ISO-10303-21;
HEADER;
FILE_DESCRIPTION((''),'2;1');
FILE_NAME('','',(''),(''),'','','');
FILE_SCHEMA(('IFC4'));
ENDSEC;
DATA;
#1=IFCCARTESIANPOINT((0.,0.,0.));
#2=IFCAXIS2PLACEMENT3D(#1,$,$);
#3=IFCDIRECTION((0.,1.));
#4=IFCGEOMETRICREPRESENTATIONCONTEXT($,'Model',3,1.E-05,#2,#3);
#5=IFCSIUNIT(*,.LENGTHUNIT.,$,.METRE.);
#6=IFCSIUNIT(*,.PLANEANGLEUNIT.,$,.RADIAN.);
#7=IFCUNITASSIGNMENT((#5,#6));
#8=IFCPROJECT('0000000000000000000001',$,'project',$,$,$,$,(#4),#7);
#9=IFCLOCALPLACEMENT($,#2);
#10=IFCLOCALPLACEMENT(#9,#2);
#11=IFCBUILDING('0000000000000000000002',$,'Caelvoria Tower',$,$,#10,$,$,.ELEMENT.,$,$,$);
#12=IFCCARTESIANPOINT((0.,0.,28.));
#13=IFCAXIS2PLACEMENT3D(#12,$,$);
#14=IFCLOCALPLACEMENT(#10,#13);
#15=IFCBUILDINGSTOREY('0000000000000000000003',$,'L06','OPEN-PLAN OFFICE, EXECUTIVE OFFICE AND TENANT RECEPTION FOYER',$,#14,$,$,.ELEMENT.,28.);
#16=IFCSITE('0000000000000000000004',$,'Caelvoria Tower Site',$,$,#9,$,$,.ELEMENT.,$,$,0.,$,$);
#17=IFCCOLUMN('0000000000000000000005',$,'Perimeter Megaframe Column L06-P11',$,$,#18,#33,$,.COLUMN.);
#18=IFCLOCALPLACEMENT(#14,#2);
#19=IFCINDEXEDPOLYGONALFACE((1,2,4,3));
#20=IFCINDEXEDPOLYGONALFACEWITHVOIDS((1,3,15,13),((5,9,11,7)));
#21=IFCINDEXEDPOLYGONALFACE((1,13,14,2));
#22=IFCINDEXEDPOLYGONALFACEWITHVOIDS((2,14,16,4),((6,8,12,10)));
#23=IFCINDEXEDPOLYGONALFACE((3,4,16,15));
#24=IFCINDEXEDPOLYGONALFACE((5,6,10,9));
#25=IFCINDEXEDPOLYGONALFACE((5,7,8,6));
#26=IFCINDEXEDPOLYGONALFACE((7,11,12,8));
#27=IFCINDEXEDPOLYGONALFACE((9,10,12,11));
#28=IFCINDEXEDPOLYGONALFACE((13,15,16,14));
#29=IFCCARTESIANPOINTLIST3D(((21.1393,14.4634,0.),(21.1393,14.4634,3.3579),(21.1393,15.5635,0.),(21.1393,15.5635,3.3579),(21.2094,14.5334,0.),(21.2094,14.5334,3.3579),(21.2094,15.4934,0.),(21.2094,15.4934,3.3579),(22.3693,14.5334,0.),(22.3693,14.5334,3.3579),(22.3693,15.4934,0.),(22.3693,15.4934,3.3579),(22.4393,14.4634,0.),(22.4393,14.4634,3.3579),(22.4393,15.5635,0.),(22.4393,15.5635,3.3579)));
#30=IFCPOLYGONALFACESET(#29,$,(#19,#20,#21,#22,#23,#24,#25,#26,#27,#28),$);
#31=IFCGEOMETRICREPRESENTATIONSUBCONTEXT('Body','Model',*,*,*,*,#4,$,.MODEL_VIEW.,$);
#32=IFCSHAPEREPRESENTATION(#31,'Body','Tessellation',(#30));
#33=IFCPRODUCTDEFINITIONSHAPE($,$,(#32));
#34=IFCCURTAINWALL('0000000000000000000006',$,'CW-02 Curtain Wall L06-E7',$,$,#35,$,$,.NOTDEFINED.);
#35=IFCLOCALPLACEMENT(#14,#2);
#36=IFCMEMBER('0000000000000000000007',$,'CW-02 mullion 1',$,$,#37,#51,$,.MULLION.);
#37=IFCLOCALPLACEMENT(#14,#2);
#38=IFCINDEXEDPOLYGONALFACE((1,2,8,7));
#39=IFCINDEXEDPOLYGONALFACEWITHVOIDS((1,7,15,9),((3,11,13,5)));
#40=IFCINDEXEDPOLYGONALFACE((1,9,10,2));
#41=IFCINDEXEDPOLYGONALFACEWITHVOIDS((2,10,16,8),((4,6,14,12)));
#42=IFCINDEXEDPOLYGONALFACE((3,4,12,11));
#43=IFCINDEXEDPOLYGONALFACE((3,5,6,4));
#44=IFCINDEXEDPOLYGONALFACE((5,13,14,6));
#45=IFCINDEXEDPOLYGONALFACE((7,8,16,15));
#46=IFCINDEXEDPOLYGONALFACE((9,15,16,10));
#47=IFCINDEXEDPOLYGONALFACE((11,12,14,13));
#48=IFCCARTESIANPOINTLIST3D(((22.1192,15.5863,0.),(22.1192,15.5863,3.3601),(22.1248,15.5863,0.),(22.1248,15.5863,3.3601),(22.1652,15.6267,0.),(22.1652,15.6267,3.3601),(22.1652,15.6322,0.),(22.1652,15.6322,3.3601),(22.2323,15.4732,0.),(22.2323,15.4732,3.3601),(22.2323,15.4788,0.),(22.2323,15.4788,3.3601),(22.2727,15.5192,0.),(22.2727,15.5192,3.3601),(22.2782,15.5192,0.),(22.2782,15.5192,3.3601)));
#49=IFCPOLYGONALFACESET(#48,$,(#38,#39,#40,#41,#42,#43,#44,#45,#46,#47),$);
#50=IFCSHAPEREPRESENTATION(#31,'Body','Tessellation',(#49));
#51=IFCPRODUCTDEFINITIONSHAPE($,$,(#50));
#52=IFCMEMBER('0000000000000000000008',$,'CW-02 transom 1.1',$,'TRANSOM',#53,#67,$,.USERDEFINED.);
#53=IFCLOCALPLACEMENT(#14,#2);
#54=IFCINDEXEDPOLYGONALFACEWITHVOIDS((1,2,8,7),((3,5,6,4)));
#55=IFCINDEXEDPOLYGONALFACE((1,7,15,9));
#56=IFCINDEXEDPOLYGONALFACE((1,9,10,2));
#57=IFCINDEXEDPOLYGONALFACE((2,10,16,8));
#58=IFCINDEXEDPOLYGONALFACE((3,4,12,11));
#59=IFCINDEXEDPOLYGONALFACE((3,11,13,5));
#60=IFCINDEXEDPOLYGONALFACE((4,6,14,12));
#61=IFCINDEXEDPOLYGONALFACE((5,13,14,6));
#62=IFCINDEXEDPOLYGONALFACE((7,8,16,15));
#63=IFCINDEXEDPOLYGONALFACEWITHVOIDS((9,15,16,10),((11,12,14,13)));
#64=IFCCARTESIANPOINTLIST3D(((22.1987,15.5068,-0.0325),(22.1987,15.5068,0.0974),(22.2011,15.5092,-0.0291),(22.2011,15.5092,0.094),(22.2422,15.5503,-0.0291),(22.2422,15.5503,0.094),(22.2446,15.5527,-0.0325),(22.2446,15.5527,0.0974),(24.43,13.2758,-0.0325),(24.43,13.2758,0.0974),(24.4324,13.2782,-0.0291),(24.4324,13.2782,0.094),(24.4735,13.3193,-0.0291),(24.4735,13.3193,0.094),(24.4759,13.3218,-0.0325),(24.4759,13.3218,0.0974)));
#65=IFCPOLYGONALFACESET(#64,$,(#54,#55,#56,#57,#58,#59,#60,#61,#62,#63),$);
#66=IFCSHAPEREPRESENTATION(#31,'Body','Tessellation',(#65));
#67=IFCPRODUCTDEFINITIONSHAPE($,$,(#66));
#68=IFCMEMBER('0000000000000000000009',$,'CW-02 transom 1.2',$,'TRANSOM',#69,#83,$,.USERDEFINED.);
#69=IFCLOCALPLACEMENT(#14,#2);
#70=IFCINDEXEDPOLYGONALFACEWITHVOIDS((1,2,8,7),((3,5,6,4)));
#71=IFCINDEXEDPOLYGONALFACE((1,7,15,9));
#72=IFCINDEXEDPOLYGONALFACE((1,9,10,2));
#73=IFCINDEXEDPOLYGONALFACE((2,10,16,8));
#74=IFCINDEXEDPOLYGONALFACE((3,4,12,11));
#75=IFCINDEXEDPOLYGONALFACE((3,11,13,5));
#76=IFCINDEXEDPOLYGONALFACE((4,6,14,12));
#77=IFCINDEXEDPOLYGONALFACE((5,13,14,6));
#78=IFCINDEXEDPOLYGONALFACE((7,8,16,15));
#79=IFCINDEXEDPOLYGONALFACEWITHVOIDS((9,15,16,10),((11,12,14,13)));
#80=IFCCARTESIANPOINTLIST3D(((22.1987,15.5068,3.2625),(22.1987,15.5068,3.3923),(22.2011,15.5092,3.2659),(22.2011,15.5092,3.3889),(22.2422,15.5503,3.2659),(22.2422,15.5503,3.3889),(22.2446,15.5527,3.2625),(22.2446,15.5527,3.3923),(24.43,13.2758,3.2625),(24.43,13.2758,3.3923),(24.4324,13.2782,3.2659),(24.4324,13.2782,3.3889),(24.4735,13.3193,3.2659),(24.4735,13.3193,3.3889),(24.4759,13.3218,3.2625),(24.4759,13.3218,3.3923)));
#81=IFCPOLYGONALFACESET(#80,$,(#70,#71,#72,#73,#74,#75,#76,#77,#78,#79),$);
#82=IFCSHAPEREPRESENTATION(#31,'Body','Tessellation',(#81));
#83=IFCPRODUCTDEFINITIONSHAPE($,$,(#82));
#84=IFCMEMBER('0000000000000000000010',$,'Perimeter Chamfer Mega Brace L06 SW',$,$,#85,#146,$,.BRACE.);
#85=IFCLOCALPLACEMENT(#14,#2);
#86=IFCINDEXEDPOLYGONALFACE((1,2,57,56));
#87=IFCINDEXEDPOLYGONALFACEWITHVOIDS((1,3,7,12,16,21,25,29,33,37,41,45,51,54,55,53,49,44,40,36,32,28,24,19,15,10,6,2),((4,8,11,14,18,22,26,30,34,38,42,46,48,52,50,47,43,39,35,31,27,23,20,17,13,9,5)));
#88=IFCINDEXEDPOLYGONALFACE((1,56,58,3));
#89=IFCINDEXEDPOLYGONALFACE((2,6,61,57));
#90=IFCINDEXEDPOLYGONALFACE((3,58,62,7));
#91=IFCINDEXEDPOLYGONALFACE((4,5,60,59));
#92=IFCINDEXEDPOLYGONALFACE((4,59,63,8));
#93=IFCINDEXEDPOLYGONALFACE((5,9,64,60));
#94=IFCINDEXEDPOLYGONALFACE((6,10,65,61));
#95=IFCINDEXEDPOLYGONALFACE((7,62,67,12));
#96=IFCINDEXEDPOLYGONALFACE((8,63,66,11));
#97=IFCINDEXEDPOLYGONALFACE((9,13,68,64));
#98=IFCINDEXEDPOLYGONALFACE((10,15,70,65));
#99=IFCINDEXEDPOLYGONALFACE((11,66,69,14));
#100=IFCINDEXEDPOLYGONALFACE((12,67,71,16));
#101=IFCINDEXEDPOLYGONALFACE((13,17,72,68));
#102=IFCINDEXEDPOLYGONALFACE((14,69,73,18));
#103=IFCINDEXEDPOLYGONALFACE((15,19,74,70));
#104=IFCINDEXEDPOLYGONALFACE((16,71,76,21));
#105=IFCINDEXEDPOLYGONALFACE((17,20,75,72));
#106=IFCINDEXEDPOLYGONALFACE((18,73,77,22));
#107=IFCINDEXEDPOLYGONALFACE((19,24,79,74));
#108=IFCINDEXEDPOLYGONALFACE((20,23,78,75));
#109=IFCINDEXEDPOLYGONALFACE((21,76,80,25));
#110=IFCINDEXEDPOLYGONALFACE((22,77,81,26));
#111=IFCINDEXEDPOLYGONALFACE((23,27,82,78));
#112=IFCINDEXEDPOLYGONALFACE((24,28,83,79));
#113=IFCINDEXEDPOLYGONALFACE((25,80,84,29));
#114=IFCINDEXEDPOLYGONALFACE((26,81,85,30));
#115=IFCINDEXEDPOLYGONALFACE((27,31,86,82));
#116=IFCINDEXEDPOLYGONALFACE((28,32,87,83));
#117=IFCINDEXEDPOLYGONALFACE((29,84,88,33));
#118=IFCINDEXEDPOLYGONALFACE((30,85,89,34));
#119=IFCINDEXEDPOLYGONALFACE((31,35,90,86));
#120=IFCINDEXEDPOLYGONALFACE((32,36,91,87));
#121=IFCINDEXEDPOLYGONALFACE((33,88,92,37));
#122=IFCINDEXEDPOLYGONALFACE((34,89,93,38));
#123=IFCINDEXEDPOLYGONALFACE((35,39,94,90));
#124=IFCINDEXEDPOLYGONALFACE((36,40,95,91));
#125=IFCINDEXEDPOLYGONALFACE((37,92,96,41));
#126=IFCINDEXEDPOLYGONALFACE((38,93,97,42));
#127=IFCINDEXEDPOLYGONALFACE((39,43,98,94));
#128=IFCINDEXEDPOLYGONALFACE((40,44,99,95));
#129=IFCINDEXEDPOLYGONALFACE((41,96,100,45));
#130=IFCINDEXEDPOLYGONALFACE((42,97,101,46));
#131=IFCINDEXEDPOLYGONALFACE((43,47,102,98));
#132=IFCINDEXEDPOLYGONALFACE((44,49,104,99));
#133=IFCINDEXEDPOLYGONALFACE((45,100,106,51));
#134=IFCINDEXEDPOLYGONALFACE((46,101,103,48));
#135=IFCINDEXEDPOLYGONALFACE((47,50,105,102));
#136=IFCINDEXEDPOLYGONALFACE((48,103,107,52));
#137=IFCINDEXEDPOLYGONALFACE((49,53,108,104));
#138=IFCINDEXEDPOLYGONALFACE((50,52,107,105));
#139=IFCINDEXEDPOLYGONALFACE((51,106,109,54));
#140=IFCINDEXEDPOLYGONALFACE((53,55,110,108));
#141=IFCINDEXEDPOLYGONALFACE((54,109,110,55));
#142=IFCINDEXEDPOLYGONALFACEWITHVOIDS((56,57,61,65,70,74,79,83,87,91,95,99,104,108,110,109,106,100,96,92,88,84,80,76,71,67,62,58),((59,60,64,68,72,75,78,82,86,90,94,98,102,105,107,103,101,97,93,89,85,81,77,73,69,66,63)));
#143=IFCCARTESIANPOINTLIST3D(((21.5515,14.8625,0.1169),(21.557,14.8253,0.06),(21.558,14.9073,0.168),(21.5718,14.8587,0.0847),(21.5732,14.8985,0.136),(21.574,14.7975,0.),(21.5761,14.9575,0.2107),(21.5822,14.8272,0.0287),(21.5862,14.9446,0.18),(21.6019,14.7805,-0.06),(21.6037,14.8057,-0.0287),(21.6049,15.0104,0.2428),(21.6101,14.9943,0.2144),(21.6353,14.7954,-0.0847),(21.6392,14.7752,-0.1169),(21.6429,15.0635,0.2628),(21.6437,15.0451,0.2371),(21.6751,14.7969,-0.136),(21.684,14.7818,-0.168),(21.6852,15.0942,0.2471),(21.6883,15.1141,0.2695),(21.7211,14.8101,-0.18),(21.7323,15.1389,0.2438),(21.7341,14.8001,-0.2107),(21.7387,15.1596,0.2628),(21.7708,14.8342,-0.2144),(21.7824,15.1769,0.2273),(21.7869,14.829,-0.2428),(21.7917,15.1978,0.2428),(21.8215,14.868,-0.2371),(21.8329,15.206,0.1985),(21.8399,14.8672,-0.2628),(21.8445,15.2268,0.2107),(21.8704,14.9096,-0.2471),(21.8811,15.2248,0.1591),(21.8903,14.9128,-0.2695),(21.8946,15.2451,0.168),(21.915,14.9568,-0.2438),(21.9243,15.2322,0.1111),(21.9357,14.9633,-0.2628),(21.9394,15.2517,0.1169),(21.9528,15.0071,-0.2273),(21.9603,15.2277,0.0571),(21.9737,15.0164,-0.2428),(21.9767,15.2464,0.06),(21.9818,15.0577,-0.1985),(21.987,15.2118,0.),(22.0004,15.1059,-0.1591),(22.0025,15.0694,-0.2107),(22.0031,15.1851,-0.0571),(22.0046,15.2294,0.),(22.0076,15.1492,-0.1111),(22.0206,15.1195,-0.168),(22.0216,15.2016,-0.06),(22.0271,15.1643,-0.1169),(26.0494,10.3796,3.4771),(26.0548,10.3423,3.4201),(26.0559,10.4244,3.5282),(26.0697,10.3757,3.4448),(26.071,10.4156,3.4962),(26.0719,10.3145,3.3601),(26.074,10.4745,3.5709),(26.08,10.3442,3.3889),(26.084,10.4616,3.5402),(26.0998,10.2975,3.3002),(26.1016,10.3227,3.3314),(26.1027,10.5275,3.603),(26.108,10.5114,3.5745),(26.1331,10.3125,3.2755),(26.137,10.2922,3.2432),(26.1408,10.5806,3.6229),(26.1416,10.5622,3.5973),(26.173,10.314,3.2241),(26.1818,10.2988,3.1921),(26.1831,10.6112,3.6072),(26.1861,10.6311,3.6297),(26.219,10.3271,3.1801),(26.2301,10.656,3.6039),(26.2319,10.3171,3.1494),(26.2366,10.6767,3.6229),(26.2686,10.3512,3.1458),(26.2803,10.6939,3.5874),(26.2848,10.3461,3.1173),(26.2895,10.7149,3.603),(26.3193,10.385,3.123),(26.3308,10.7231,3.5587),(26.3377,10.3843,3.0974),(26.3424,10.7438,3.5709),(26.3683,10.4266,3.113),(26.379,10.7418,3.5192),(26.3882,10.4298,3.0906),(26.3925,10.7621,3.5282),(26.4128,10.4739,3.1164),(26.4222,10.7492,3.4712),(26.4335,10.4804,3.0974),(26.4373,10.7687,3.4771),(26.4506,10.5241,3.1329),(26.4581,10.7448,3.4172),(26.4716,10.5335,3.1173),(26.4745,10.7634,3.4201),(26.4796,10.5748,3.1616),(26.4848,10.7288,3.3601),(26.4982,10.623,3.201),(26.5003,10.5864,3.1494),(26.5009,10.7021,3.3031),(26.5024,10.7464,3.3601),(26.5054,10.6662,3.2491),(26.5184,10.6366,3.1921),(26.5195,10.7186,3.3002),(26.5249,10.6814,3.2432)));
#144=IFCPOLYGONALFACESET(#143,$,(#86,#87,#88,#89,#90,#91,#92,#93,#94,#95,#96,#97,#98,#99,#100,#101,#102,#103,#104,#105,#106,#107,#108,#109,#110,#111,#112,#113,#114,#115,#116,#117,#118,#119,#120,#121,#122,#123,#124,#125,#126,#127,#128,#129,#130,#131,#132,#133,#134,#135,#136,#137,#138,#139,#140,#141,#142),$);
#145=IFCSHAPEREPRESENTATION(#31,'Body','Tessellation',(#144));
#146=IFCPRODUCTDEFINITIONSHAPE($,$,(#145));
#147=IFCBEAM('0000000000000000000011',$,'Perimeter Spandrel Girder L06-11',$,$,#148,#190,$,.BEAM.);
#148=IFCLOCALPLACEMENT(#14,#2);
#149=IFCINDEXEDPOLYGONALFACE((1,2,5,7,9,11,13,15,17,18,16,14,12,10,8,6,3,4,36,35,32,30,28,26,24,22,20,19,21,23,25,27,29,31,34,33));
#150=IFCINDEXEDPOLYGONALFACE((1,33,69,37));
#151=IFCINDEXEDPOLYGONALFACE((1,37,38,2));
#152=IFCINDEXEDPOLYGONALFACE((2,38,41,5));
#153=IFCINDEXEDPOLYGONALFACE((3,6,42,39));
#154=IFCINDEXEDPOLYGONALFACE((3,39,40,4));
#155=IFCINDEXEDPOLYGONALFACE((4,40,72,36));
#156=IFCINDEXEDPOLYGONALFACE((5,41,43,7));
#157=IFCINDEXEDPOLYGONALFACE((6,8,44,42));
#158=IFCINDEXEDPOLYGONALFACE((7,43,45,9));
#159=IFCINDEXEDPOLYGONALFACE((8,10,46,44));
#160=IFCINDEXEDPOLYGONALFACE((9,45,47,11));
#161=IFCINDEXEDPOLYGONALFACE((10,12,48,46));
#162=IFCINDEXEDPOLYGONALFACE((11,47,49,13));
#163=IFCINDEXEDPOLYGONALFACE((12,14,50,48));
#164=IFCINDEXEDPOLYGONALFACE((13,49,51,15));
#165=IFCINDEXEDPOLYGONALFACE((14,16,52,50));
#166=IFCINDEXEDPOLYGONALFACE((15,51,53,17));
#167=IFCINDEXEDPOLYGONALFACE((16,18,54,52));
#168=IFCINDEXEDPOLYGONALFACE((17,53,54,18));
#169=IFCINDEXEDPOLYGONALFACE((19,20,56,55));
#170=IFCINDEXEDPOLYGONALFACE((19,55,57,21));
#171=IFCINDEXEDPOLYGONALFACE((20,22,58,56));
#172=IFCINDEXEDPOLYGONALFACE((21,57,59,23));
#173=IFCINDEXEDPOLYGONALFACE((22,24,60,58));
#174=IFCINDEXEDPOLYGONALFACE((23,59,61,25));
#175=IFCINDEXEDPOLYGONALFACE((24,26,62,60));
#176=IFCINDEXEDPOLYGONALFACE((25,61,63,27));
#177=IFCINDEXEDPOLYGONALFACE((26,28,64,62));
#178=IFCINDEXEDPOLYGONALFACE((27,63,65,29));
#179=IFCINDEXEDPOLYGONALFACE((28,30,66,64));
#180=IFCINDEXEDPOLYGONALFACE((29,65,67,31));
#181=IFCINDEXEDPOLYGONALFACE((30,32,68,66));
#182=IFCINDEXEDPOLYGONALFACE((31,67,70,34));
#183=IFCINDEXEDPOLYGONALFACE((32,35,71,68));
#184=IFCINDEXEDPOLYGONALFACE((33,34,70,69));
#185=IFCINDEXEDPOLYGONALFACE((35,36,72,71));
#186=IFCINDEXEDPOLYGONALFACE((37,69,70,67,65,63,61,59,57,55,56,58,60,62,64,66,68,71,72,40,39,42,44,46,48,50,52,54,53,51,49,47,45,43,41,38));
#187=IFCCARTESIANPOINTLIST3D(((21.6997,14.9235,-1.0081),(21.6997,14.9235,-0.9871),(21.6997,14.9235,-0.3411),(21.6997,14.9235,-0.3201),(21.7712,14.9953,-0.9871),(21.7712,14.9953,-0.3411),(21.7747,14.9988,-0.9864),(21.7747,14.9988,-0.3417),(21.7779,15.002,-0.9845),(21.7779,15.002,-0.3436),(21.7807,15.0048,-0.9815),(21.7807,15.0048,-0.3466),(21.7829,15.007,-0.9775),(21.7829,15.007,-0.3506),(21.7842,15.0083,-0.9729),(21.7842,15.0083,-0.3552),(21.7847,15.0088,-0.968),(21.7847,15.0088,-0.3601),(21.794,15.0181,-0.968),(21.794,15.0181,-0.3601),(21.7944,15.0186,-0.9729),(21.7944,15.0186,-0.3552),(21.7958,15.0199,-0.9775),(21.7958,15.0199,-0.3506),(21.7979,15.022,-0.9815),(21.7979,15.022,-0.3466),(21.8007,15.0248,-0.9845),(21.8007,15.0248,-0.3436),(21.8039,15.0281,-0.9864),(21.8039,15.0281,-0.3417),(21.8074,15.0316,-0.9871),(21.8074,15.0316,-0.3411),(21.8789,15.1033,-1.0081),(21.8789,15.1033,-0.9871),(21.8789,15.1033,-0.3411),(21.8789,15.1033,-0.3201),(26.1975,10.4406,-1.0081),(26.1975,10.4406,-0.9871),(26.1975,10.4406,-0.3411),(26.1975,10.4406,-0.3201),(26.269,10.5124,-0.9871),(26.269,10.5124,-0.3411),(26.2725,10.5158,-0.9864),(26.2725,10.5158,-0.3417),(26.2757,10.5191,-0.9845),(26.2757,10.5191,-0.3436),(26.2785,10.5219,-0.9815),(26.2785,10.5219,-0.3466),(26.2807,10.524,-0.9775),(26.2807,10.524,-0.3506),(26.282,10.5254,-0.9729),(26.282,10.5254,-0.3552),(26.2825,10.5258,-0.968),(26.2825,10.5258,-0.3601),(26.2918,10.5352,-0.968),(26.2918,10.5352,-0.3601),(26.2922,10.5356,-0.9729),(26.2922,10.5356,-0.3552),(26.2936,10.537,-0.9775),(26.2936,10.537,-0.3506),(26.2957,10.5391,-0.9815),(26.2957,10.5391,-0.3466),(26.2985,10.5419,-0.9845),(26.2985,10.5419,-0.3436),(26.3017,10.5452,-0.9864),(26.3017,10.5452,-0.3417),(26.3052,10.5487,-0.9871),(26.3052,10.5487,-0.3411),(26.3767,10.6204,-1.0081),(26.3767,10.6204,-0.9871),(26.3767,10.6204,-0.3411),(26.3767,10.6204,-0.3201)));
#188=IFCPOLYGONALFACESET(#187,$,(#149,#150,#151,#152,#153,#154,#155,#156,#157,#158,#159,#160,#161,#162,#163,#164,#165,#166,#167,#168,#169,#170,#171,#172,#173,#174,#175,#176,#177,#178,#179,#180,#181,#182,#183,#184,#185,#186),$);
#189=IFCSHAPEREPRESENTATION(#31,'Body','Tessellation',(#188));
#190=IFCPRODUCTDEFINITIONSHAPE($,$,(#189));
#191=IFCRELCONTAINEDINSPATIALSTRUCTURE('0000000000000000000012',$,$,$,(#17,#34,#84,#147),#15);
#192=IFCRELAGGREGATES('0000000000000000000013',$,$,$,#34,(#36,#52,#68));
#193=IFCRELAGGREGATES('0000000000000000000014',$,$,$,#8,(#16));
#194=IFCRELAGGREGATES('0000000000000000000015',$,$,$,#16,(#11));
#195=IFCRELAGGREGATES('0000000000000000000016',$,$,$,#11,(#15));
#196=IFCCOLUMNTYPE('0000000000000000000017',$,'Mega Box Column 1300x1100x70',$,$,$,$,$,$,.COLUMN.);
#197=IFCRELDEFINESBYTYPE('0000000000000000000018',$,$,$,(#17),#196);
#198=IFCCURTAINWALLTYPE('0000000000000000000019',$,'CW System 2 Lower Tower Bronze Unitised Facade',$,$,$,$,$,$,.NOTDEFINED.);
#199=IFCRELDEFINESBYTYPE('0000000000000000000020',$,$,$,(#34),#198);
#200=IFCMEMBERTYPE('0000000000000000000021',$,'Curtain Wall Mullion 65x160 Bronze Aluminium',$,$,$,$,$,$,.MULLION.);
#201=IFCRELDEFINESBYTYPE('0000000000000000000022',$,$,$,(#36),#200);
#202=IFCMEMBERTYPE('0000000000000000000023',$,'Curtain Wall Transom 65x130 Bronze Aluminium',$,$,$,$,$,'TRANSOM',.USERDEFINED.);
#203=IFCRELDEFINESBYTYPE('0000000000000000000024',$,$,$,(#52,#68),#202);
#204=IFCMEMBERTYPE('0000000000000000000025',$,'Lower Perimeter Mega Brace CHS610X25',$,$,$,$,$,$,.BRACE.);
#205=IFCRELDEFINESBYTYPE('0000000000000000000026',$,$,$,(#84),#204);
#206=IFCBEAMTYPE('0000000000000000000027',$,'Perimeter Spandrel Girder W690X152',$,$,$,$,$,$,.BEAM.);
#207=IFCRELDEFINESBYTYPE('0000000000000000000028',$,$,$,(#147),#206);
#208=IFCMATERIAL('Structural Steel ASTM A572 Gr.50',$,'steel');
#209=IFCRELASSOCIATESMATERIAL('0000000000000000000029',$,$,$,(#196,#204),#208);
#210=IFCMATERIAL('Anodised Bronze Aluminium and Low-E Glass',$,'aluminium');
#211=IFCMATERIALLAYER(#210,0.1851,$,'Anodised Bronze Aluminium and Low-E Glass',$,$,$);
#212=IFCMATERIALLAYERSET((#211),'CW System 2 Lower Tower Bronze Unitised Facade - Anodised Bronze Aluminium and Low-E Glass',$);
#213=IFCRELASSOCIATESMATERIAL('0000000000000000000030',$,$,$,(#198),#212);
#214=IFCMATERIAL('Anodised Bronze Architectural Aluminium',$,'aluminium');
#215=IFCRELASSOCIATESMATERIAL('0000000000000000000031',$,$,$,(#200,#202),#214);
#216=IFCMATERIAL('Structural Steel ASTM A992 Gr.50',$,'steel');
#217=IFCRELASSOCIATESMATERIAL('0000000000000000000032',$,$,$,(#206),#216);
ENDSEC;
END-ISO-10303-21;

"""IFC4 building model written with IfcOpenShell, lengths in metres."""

from ifc_helpers import new_model, si_unit, direction, frame, origin, origin_2d, place, context, subcontext, project, spatial, hollow_rectangle, hollow_circle, i_section, extrude, material, layer, layer_set, material_profile, profile_set, type_object, element, aggregate, save


model = new_model("IFC4")

# Units and contexts
model_context = context("Model", 3, precision=1e-05, world=origin(), true_north=direction((0.0, 1.0)))
body_context = subcontext(model_context, "Body", "Model", "MODEL_VIEW")
ifc_project = project(units=[si_unit("LENGTHUNIT", "METRE"), si_unit("PLANEANGLEUNIT", "RADIAN")], contexts=[model_context])

# Site, building, storey
site_placement = place(None, origin())
site = spatial("IfcSite", under=ifc_project, at=site_placement, Name="Caelvoria Tower Site", CompositionType="ELEMENT", RefElevation=0.0)
building_placement = place(site_placement, origin())
building = spatial("IfcBuilding", under=site, at=building_placement, Name="Caelvoria Tower", CompositionType="ELEMENT")
storey_placement = place(building_placement, frame((0.0, 0.0, 28.0)))
storey = spatial("IfcBuildingStorey", under=building, at=storey_placement, Name="L06", Description="OPEN-PLAN OFFICE, EXECUTIVE OFFICE AND TENANT RECEPTION FOYER", CompositionType="ELEMENT", Elevation=28.0)

# Column
ifc_material_1 = material(Name="Structural Steel ASTM A572 Gr.50", Category="steel")
ifc_material_profile_1 = material_profile(ifc_material_1, hollow_rectangle(XDim=1.1001, YDim=1.3, WallThickness=0.0701, at=origin_2d()), Name="Structural Steel ASTM A572 Gr.50")
ifc_profile_set_1 = profile_set([ifc_material_profile_1], Name="BOX1300X1100X70 - Structural Steel ASTM A572 Gr.50")
column_type = type_object("IfcColumnType", Name="Mega Box Column 1300x1100x70", PredefinedType="COLUMN", material=ifc_profile_set_1)
column_placement = place(storey_placement, frame((21.7893, 15.0134, 0.0), z_axis=(0.0, 0.0, 1.0), x_axis=(0.0, 1.0, 0.0)))
element("IfcColumn", 1, at=column_placement, inside=storey, type_object=column_type, Name="Perimeter Megaframe Column L06-P11", PredefinedType="COLUMN", context=body_context, shape_type="SweptSolid", body=[
    extrude(hollow_rectangle(XDim=1.1001, YDim=1.3, WallThickness=0.0701, at=origin_2d()), origin(), (0.0, 0.0, 1.0), 3.3579),
])

# Curtain wall, members
ifc_material_2 = material(Name="Anodised Bronze Aluminium and Low-E Glass", Category="aluminium")
ifc_layer_1 = layer(ifc_material_2, 0.1851, Name="Anodised Bronze Aluminium and Low-E Glass")
ifc_layer_set_1 = layer_set([ifc_layer_1], Name="CW System 2 Lower Tower Bronze Unitised Facade - Anodised Bronze Aluminium and Low-E Glass")
curtain_wall_type = type_object("IfcCurtainWallType", Name="CW System 2 Lower Tower Bronze Unitised Facade", PredefinedType="NOTDEFINED", material=ifc_layer_set_1)
curtain_wall_placement = place(storey_placement, origin())
curtain_wall = element("IfcCurtainWall", 2, at=curtain_wall_placement, inside=storey, type_object=curtain_wall_type, Name="CW-02 Curtain Wall L06-E7", PredefinedType="NOTDEFINED")
ifc_material_3 = material(Name="Anodised Bronze Architectural Aluminium", Category="aluminium")
ifc_material_profile_2 = material_profile(ifc_material_3, hollow_rectangle(XDim=0.0649, YDim=0.1599, WallThickness=0.0039, at=origin_2d()), Name="Anodised Bronze Architectural Aluminium")
ifc_profile_set_2 = profile_set([ifc_material_profile_2], Name="CW_MULL_65X160 - Anodised Bronze Architectural Aluminium")
member_type_1 = type_object("IfcMemberType", Name="Curtain Wall Mullion 65x160 Bronze Aluminium", PredefinedType="MULLION", material=ifc_profile_set_2)
member_1_placement = place(storey_placement, frame((22.1987, 15.5527, 0.0), z_axis=(0.0, 0.0, 1.0), x_axis=(0.707107, 0.707107, 0.0)))
member_1 = element("IfcMember", 3, at=member_1_placement, type_object=member_type_1, Name="CW-02 mullion 1", PredefinedType="MULLION", context=body_context, shape_type="SweptSolid", body=[
    extrude(hollow_rectangle(XDim=0.0649, YDim=0.1599, WallThickness=0.0039, at=origin_2d()), origin(), (0.0, 0.0, 1.0), 3.3601),
])
ifc_material_profile_3 = material_profile(ifc_material_3, hollow_rectangle(XDim=0.0649, YDim=0.1299, WallThickness=0.0034, at=origin_2d()), Name="Anodised Bronze Architectural Aluminium")
ifc_profile_set_3 = profile_set([ifc_material_profile_3], Name="CW_TRAN_65X130 - Anodised Bronze Architectural Aluminium")
member_type_2 = type_object("IfcMemberType", Name="Curtain Wall Transom 65x130 Bronze Aluminium", ElementType="TRANSOM", PredefinedType="USERDEFINED", material=ifc_profile_set_3)
member_2_placement = place(storey_placement, frame((22.2217, 15.5298, 0.0325), z_axis=(0.707145, -0.707068, 0.0), x_axis=(0.707068, 0.707145, 0.0)))
member_2 = element("IfcMember", 4, at=member_2_placement, type_object=member_type_2, Name="CW-02 transom 1.1", ObjectType="TRANSOM", PredefinedType="USERDEFINED", context=body_context, shape_type="SweptSolid", body=[
    extrude(hollow_rectangle(XDim=0.0649, YDim=0.1299, WallThickness=0.0034, at=origin_2d()), origin(), (0.0, 0.0, 1.0), 3.1553),
])
member_3_placement = place(storey_placement, frame((22.2217, 15.5298, 3.3274), z_axis=(0.707145, -0.707068, 0.0), x_axis=(0.707068, 0.707145, 0.0)))
member_3 = element("IfcMember", 5, at=member_3_placement, type_object=member_type_2, Name="CW-02 transom 1.2", ObjectType="TRANSOM", PredefinedType="USERDEFINED", context=body_context, shape_type="SweptSolid", body=[
    extrude(hollow_rectangle(XDim=0.0649, YDim=0.1299, WallThickness=0.0034, at=origin_2d()), origin(), (0.0, 0.0, 1.0), 3.1553),
])
aggregate(curtain_wall, [member_1, member_2, member_3])

# Member
ifc_material_profile_4 = material_profile(ifc_material_1, hollow_circle(Radius=0.3049, WallThickness=0.0249, at=origin_2d()), Name="Structural Steel ASTM A572 Gr.50")
ifc_profile_set_4 = profile_set([ifc_material_profile_4], Name="CHS610X25 - Structural Steel ASTM A572 Gr.50")
member_type_3 = type_object("IfcMemberType", Name="Lower Perimeter Mega Brace CHS610X25", PredefinedType="BRACE", material=ifc_profile_set_4)
member_4_placement = place(storey_placement, frame((21.7893, 15.0134, 0.0), z_axis=(0.626043, -0.62397, 0.467688), x_axis=(0.705933, 0.708278, 0.0)))
element("IfcMember", 6, at=member_4_placement, inside=storey, type_object=member_type_3, Name="Perimeter Chamfer Mega Brace L06 SW", PredefinedType="BRACE", context=body_context, shape_type="SweptSolid", body=[
    extrude(hollow_circle(Radius=0.3049, WallThickness=0.0249, at=origin_2d()), origin(), (0.0, 0.0, 1.0), 7.1846),
])

# Beam
ifc_material_4 = material(Name="Structural Steel ASTM A992 Gr.50", Category="steel")
ifc_material_profile_5 = material_profile(ifc_material_4, i_section(OverallWidth=0.2539, OverallDepth=0.688, WebThickness=0.0132, FlangeThickness=0.021, FilletRadius=0.019, at=origin_2d()), Name="Structural Steel ASTM A992 Gr.50")
ifc_profile_set_5 = profile_set([ifc_material_profile_5], Name="W690X152 - Structural Steel ASTM A992 Gr.50")
beam_type = type_object("IfcBeamType", Name="Perimeter Spandrel Girder W690X152", PredefinedType="BEAM", material=ifc_profile_set_5)
beam_placement = place(storey_placement, frame((21.7893, 15.0134, -0.6641), z_axis=(0.708278, -0.705933, 0.0), x_axis=(0.705933, 0.708278, 0.0)))
element("IfcBeam", 7, at=beam_placement, inside=storey, type_object=beam_type, Name="Perimeter Spandrel Girder L06-11", PredefinedType="BEAM", context=body_context, shape_type="SweptSolid", body=[
    extrude(i_section(OverallWidth=0.2539, OverallDepth=0.688, WebThickness=0.0132, FlangeThickness=0.021, FilletRadius=0.019, at=origin_2d()), origin(), (0.0, 0.0, 1.0), 6.3503),
])

save(model, "model.ifc")
